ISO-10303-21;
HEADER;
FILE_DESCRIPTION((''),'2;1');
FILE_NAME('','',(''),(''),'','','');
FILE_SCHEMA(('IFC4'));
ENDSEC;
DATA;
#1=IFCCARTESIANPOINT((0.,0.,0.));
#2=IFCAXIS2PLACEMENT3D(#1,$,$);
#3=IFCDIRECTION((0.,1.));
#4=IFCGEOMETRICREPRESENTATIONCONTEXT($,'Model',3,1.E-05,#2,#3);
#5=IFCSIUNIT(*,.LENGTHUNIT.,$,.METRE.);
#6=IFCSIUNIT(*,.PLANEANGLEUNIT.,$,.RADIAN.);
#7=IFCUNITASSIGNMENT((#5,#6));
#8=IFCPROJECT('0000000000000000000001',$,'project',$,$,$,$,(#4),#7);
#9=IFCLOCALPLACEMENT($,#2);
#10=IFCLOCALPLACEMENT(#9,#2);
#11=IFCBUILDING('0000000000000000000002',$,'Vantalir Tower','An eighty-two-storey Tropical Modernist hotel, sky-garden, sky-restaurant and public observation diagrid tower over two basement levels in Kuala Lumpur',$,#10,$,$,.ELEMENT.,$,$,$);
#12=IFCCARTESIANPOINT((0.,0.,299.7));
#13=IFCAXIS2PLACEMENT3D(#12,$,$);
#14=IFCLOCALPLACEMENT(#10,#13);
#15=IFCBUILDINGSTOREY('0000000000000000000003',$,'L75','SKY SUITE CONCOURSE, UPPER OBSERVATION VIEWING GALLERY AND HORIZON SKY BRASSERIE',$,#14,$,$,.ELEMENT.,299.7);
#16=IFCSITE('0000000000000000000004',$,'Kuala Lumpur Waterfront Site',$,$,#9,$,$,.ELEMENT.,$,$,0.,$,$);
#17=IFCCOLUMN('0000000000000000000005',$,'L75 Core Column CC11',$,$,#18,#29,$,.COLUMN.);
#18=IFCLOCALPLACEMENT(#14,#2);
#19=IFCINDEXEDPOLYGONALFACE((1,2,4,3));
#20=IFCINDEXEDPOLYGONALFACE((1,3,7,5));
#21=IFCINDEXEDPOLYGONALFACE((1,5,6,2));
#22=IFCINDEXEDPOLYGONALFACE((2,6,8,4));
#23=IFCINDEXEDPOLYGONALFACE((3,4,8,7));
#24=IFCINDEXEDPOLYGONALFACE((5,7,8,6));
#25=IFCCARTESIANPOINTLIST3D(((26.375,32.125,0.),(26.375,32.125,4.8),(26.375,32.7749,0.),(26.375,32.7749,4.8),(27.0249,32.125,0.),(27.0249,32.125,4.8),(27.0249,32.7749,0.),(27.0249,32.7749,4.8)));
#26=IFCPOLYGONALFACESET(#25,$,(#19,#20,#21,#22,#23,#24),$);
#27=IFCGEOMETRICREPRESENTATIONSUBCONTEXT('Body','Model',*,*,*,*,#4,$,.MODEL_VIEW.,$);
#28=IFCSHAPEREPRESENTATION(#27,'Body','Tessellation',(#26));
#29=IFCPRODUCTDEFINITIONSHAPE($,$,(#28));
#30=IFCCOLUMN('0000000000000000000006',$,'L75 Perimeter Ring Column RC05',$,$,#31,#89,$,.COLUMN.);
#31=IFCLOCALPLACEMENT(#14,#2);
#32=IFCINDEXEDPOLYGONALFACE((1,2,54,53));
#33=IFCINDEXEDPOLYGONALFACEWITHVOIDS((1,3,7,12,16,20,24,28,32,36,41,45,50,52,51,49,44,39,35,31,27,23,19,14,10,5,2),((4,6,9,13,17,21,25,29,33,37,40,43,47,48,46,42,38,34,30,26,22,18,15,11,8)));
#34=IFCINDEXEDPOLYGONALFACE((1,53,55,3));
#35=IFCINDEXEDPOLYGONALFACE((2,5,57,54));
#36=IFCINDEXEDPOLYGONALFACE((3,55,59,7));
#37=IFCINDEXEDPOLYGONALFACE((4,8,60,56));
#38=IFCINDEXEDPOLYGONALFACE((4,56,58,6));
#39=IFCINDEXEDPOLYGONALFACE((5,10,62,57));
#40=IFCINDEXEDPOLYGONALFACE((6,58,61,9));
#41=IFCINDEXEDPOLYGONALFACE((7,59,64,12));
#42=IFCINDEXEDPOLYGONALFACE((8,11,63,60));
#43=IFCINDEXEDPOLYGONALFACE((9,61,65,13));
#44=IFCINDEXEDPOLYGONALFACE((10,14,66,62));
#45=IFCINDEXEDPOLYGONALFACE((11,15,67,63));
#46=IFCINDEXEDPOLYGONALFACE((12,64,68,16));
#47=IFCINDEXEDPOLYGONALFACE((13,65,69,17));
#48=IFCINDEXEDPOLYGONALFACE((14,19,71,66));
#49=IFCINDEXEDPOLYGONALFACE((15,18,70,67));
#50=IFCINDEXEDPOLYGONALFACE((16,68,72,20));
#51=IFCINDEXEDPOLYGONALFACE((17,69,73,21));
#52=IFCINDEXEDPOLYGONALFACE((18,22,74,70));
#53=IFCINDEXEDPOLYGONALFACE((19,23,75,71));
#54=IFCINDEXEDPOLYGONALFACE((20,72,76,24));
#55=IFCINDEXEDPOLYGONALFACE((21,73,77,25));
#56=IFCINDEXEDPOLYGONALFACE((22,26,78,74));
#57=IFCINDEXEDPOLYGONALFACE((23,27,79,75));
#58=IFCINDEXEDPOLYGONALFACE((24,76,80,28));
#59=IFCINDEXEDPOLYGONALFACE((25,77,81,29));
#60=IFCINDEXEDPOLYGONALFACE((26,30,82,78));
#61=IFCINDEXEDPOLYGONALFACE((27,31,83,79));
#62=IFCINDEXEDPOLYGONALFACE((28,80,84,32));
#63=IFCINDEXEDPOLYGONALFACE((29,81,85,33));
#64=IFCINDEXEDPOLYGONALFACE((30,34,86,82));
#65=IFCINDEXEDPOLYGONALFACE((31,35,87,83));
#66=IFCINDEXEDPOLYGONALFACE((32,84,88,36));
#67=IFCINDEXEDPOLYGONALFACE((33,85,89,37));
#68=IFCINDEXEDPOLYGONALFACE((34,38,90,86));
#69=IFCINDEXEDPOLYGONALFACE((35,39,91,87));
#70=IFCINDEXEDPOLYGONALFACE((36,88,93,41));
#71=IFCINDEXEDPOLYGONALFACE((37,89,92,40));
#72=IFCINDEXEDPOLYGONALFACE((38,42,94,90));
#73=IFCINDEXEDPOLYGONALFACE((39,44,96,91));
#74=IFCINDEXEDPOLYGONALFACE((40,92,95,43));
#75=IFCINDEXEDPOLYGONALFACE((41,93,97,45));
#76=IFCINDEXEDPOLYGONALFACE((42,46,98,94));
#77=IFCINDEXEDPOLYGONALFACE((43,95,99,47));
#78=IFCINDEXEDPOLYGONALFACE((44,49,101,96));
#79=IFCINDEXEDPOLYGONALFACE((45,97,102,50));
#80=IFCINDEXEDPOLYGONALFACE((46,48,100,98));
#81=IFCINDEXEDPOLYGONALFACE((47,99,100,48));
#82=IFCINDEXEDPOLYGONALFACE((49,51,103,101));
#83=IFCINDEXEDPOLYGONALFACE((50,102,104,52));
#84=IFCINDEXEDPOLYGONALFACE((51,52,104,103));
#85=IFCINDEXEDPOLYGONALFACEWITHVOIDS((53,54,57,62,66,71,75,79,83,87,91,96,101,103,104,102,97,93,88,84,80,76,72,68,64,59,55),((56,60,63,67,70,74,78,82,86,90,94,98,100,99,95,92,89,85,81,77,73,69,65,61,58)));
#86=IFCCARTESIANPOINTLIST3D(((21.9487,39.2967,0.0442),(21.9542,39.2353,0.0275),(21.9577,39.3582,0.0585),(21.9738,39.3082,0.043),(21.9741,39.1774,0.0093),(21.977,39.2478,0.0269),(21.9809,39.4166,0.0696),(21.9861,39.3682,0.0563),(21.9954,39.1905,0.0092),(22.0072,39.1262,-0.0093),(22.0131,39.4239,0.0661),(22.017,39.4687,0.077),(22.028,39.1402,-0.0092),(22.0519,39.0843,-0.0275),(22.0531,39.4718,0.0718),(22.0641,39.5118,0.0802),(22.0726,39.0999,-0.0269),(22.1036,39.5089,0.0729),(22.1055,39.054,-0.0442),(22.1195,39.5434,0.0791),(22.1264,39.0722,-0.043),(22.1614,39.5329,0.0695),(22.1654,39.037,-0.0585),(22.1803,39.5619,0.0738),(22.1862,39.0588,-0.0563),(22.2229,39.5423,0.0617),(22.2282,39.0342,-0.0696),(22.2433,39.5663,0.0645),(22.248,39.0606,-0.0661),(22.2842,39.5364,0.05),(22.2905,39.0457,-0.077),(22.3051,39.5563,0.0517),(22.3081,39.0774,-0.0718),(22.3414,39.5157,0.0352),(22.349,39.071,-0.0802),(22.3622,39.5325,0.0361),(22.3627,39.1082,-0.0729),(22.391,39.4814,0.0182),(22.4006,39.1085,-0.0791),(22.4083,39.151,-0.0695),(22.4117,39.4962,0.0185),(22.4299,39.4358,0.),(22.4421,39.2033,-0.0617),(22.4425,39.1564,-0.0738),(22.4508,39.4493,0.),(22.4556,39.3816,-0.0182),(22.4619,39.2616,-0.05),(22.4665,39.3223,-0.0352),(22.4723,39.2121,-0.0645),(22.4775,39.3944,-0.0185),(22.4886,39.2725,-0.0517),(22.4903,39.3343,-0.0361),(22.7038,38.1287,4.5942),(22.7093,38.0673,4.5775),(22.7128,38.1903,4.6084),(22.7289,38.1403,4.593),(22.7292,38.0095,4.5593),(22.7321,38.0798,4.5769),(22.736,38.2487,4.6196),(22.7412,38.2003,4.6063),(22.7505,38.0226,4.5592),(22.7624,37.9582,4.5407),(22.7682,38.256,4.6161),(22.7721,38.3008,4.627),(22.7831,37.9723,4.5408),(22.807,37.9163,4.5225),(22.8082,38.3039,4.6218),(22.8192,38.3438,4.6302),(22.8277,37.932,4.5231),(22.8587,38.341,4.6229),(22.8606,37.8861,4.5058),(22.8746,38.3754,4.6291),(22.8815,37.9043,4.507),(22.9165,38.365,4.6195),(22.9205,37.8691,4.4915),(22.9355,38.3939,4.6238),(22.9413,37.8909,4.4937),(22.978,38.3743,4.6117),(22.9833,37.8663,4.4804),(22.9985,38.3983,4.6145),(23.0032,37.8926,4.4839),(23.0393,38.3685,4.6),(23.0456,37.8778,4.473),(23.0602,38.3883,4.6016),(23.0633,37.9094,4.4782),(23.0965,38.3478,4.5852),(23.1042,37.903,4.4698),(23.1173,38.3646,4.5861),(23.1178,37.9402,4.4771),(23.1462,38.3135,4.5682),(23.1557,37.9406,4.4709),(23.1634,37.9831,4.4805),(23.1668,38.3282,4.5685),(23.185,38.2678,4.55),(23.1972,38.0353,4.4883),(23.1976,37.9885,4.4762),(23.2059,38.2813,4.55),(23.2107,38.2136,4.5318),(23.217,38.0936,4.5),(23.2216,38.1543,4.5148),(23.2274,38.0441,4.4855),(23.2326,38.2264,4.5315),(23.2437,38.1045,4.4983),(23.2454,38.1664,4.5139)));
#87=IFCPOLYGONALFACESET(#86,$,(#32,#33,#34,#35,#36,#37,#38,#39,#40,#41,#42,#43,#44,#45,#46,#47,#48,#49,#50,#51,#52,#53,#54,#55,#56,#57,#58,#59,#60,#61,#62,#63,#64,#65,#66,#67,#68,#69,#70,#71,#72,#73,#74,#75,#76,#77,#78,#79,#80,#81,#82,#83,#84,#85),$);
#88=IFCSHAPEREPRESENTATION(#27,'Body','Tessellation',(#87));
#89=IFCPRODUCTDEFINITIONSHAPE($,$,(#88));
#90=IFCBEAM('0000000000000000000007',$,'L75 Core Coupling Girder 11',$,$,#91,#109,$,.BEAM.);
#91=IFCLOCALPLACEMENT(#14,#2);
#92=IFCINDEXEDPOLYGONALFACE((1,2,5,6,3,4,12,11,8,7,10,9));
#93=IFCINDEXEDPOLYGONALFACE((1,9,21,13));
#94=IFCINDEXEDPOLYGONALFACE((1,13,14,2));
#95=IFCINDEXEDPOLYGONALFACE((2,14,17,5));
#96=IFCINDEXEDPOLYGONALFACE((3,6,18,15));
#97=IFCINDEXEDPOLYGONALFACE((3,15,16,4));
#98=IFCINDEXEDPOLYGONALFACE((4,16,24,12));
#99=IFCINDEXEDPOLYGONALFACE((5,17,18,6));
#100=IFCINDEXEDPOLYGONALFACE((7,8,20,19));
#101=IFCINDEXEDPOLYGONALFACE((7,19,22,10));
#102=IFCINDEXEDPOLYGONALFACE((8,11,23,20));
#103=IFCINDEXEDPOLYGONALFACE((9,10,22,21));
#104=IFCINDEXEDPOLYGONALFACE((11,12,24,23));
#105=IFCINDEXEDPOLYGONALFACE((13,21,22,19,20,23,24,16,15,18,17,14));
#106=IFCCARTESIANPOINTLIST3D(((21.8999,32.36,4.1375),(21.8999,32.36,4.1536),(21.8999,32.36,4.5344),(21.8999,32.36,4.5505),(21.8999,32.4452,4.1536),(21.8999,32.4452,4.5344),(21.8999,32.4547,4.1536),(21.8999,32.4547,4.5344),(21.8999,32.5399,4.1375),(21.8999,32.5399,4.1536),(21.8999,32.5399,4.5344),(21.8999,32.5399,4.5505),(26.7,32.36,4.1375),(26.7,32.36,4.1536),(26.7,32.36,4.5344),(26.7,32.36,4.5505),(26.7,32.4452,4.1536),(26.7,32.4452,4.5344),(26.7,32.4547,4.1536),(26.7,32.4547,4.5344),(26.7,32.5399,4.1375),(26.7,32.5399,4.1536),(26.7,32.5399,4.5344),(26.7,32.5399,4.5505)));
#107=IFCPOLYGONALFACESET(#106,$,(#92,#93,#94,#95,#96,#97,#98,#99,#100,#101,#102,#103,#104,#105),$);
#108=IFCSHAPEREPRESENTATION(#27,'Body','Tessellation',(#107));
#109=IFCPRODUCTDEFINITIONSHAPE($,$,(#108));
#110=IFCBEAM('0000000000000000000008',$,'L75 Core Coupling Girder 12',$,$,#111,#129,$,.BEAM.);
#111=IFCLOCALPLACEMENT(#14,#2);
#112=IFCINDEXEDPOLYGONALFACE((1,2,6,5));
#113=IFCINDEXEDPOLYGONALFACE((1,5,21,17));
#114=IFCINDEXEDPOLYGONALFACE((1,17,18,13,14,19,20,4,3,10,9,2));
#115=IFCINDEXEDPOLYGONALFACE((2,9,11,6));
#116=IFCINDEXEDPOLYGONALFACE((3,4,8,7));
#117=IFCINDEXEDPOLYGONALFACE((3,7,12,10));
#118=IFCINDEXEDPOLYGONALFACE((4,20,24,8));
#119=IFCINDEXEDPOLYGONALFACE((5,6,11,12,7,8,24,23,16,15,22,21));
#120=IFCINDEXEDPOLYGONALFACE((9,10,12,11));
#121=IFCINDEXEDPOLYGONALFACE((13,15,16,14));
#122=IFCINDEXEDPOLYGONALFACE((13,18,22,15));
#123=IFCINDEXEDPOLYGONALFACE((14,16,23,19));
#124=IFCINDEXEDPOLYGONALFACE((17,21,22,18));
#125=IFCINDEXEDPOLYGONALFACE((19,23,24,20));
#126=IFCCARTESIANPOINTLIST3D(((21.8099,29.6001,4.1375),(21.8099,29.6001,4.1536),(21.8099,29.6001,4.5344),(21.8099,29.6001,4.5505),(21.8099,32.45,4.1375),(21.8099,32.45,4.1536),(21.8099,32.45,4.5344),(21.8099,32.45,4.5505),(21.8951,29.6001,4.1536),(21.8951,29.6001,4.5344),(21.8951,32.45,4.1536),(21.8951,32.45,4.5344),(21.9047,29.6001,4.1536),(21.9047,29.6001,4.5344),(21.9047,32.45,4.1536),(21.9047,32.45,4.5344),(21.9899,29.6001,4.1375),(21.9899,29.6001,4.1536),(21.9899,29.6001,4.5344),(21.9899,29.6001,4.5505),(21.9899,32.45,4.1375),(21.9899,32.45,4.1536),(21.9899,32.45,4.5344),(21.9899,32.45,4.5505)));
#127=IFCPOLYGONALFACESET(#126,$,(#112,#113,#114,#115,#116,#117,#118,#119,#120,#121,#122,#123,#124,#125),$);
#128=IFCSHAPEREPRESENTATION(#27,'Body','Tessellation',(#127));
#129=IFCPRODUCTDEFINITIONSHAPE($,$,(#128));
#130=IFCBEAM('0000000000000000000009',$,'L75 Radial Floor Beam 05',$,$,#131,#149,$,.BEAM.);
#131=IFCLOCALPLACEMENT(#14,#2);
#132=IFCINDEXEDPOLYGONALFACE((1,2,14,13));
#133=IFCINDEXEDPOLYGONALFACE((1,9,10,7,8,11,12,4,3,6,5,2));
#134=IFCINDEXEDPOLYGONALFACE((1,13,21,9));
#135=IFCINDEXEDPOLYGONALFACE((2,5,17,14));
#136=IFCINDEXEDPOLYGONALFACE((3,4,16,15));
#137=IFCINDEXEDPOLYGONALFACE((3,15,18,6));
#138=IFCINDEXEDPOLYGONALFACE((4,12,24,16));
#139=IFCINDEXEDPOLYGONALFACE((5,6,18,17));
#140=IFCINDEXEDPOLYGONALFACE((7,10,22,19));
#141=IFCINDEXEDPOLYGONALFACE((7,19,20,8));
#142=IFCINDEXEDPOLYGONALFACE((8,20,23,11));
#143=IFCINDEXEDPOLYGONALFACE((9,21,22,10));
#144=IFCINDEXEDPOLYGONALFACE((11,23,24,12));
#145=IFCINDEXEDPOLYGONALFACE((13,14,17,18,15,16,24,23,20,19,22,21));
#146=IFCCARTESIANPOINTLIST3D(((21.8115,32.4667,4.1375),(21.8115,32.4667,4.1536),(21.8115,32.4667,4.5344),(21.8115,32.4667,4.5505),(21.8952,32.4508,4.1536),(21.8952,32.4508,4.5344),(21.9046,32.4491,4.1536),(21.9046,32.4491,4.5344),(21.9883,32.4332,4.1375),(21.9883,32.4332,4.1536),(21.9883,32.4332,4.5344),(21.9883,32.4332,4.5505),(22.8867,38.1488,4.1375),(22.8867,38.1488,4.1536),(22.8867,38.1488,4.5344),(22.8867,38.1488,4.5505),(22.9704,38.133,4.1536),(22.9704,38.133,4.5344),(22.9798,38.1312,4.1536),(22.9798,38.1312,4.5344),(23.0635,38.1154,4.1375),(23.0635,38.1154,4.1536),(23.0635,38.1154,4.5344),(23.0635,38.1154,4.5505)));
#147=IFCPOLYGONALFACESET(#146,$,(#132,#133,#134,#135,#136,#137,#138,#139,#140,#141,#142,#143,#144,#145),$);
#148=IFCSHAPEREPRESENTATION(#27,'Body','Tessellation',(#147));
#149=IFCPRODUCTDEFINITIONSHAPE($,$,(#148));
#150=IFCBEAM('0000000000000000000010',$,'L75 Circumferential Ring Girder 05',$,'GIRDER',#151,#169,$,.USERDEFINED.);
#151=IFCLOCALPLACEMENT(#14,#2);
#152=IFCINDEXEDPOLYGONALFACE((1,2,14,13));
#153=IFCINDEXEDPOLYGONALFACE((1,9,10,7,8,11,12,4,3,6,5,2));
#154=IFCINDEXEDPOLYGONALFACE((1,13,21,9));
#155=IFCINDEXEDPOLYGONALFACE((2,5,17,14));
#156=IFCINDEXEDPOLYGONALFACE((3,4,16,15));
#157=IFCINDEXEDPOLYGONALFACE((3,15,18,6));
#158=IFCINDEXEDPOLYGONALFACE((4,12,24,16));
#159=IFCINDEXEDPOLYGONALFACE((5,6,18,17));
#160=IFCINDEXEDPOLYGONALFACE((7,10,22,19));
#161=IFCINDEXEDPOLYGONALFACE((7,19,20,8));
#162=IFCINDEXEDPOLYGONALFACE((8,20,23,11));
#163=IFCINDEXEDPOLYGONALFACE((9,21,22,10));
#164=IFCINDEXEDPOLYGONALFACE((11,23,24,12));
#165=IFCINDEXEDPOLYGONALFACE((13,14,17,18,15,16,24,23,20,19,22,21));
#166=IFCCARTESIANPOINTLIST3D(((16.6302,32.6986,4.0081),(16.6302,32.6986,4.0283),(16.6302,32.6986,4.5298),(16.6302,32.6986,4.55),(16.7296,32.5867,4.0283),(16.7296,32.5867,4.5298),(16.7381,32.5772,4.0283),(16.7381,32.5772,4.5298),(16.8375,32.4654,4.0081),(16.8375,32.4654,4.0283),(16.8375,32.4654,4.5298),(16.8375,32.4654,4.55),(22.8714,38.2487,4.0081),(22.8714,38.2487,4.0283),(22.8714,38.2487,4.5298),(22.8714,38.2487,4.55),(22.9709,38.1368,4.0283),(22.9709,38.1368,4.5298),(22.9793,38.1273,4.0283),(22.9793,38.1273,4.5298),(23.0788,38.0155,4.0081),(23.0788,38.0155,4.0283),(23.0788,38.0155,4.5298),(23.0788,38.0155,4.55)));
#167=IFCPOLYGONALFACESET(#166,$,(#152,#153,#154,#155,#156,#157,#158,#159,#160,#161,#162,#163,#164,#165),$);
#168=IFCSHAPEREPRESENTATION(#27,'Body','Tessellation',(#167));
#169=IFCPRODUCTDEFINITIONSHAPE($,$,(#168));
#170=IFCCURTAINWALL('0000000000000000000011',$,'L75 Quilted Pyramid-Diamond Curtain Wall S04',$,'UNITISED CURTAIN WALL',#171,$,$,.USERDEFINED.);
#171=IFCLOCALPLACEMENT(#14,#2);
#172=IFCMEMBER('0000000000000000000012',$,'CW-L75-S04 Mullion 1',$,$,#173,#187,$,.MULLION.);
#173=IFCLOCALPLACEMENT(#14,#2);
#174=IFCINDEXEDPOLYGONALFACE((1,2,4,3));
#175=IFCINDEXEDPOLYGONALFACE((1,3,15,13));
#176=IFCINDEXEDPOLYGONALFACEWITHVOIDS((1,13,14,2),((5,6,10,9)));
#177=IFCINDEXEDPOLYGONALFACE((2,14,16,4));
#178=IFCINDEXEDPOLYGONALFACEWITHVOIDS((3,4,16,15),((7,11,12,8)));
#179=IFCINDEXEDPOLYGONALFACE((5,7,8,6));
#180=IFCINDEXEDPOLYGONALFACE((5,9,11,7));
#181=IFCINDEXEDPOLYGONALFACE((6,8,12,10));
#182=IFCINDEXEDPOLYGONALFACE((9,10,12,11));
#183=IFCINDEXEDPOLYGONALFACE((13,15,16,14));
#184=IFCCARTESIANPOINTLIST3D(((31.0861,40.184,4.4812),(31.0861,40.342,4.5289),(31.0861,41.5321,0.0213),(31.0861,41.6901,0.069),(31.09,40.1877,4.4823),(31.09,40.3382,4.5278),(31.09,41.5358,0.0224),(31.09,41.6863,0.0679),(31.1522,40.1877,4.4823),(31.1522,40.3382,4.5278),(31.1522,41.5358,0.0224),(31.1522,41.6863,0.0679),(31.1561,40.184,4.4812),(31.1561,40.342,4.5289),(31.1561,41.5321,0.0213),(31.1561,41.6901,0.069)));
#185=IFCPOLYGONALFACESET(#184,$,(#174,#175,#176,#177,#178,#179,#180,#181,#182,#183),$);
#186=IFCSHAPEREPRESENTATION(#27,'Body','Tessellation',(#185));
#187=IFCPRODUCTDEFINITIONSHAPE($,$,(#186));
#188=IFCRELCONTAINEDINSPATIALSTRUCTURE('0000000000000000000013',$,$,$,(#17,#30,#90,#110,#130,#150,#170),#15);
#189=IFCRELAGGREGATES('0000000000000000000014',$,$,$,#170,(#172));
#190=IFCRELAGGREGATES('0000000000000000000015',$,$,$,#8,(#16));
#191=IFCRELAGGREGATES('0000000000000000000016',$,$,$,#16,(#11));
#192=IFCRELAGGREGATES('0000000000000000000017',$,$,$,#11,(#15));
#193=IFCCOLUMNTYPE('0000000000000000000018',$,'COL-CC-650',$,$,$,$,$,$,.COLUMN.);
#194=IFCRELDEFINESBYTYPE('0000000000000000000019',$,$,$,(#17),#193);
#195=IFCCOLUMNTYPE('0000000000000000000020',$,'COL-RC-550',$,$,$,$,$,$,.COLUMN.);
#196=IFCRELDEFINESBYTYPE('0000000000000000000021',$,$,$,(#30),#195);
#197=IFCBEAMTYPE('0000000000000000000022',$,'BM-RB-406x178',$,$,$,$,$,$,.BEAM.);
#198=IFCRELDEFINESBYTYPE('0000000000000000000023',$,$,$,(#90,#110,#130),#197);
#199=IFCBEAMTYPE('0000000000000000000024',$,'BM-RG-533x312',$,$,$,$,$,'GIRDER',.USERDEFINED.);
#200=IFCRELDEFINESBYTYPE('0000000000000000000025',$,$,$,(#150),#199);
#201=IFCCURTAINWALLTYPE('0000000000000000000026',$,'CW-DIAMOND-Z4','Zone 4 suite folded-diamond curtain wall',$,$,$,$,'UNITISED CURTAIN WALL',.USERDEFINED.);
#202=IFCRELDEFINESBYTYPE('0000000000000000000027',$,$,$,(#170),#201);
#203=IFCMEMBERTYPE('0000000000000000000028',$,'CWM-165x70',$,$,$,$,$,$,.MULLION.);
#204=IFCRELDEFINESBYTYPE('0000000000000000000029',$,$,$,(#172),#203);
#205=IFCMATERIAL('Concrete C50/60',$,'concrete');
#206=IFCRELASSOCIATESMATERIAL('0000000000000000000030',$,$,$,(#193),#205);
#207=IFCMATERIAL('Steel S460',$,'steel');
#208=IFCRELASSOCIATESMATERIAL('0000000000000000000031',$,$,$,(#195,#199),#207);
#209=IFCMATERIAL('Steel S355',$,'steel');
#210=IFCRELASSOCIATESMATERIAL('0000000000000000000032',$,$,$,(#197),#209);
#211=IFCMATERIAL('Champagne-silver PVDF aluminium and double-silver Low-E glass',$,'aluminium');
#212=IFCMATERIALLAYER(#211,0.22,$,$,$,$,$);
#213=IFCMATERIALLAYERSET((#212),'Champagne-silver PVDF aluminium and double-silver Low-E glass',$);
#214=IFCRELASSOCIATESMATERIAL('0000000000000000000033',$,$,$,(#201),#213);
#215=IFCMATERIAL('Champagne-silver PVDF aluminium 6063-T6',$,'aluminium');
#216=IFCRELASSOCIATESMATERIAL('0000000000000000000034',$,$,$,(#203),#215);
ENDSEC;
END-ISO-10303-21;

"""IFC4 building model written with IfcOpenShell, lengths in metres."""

from ifc_helpers import new_model, si_unit, direction, frame, origin, origin_2d, place, context, subcontext, project, spatial, rectangle, hollow_rectangle, hollow_circle, i_section, extrude, material, layer, layer_set, material_profile, profile_set, type_object, element, aggregate, save


model = new_model("IFC4")

# Units and contexts
model_context = context("Model", 3, precision=1e-05, world=origin(), true_north=direction((0.0, 1.0)))
body_context = subcontext(model_context, "Body", "Model", "MODEL_VIEW")
ifc_project = project(units=[si_unit("LENGTHUNIT", "METRE"), si_unit("PLANEANGLEUNIT", "RADIAN")], contexts=[model_context])

# Site, building, storey
site_placement = place(None, origin())
site = spatial("IfcSite", under=ifc_project, at=site_placement, Name="Kuala Lumpur Waterfront Site", CompositionType="ELEMENT", RefElevation=0.0)
building_placement = place(site_placement, origin())
building = spatial("IfcBuilding", under=site, at=building_placement, Name="Vantalir Tower", Description="An eighty-two-storey Tropical Modernist hotel, sky-garden, sky-restaurant and public observation diagrid tower over two basement levels in Kuala Lumpur", CompositionType="ELEMENT")
storey_placement = place(building_placement, frame((0.0, 0.0, 299.7)))
storey = spatial("IfcBuildingStorey", under=building, at=storey_placement, Name="L75", Description="SKY SUITE CONCOURSE, UPPER OBSERVATION VIEWING GALLERY AND HORIZON SKY BRASSERIE", CompositionType="ELEMENT", Elevation=299.7)

# Columns
ifc_material_1 = material(Name="Concrete C50/60", Category="concrete")
ifc_material_profile_1 = material_profile(ifc_material_1, rectangle(XDim=0.6499, YDim=0.6499, at=origin_2d()), Name="Concrete C50/60")
ifc_profile_set_1 = profile_set([ifc_material_profile_1], Name="Concrete C50/60")
column_type_1 = type_object("IfcColumnType", Name="COL-CC-650", PredefinedType="COLUMN", material=ifc_profile_set_1)
column_1_placement = place(storey_placement, frame((26.7, 32.45, 0.0), z_axis=(0.0, 0.0, 1.0), x_axis=(1.0, 0.0, 0.0)))
element("IfcColumn", 1, at=column_1_placement, inside=storey, type_object=column_type_1, Name="L75 Core Column CC11", PredefinedType="COLUMN", context=body_context, shape_type="SweptSolid", body=[
    extrude(rectangle(XDim=0.6499, YDim=0.6499, at=origin_2d()), origin(), (0.0, 0.0, 1.0), 4.8),
])
ifc_material_2 = material(Name="Steel S460", Category="steel")
ifc_material_profile_2 = material_profile(ifc_material_2, hollow_circle(Radius=0.2749, WallThickness=0.0249, at=origin_2d()), Name="Steel S460")
ifc_profile_set_2 = profile_set([ifc_material_profile_2], Name="Steel S460")
column_type_2 = type_object("IfcColumnType", Name="COL-RC-550", PredefinedType="COLUMN", material=ifc_profile_set_2)
column_2_placement = place(storey_placement, frame((22.22, 39.3, 0.0), z_axis=(0.158711, -0.245482, 0.956321), x_axis=(0.839773, 0.542938, 0.0)))
element("IfcColumn", 2, at=column_2_placement, inside=storey, type_object=column_type_2, Name="L75 Perimeter Ring Column RC05", PredefinedType="COLUMN", context=body_context, shape_type="SweptSolid", body=[
    extrude(hollow_circle(Radius=0.2749, WallThickness=0.0249, at=origin_2d()), origin(), (0.0, 0.0, 1.0), 4.7578),
])

# Beams
ifc_material_3 = material(Name="Steel S355", Category="steel")
ifc_material_profile_3 = material_profile(ifc_material_3, i_section(OverallWidth=0.1799, OverallDepth=0.4131, WebThickness=0.0095, FlangeThickness=0.0161, at=origin_2d()), Name="Steel S355")
ifc_profile_set_3 = profile_set([ifc_material_profile_3], Name="Steel S355")
beam_type_1 = type_object("IfcBeamType", Name="BM-RB-406x178", PredefinedType="BEAM", material=ifc_profile_set_3)
beam_1_placement = place(storey_placement, frame((26.7, 32.45, 4.344), z_axis=(-1.0, 0.0, 0.0), x_axis=(0.0, -1.0, 0.0)))
element("IfcBeam", 3, at=beam_1_placement, inside=storey, type_object=beam_type_1, Name="L75 Core Coupling Girder 11", PredefinedType="BEAM", context=body_context, shape_type="SweptSolid", body=[
    extrude(i_section(OverallWidth=0.1799, OverallDepth=0.4131, WebThickness=0.0095, FlangeThickness=0.0161, at=origin_2d()), origin(), (0.0, 0.0, 1.0), 4.8),
])
beam_2_placement = place(storey_placement, frame((21.8999, 32.45, 4.344), z_axis=(0.0, -1.0, 0.0), x_axis=(1.0, 0.0, 0.0)))
element("IfcBeam", 4, at=beam_2_placement, inside=storey, type_object=beam_type_1, Name="L75 Core Coupling Girder 12", PredefinedType="BEAM", context=body_context, shape_type="SweptSolid", body=[
    extrude(i_section(OverallWidth=0.1799, OverallDepth=0.4131, WebThickness=0.0095, FlangeThickness=0.0161, at=origin_2d()), origin(), (0.0, 0.0, 1.0), 2.8499),
])
beam_3_placement = place(storey_placement, frame((22.9751, 38.1321, 4.344), z_axis=(-0.185925, -0.982564, 0.0), x_axis=(0.982564, -0.185925, 0.0)))
element("IfcBeam", 5, at=beam_3_placement, inside=storey, type_object=beam_type_1, Name="L75 Radial Floor Beam 05", PredefinedType="BEAM", context=body_context, shape_type="SweptSolid", body=[
    extrude(i_section(OverallWidth=0.1799, OverallDepth=0.4131, WebThickness=0.0095, FlangeThickness=0.0161, at=origin_2d()), origin(), (0.0, 0.0, 1.0), 5.783),
])
ifc_material_profile_4 = material_profile(ifc_material_2, i_section(OverallWidth=0.312, OverallDepth=0.542, WebThickness=0.0127, FlangeThickness=0.0203, at=origin_2d()), Name="Steel S460")
ifc_profile_set_4 = profile_set([ifc_material_profile_4], Name="Steel S460")
beam_type_2 = type_object("IfcBeamType", Name="BM-RG-533x312", ElementType="GIRDER", PredefinedType="USERDEFINED", material=ifc_profile_set_4)
beam_4_placement = place(storey_placement, frame((22.9751, 38.1321, 4.2791), z_axis=(-0.747272, -0.664518, 0.0), x_axis=(0.664518, -0.747272, 0.0)))
element("IfcBeam", 6, at=beam_4_placement, inside=storey, type_object=beam_type_2, Name="L75 Circumferential Ring Girder 05", ObjectType="GIRDER", PredefinedType="USERDEFINED", context=body_context, shape_type="SweptSolid", body=[
    extrude(i_section(OverallWidth=0.312, OverallDepth=0.542, WebThickness=0.0127, FlangeThickness=0.0203, at=origin_2d()), origin(), (0.0, 0.0, 1.0), 8.3521),
])

# Curtain wall, member
ifc_material_4 = material(Name="Champagne-silver PVDF aluminium and double-silver Low-E glass", Category="aluminium")
ifc_layer_1 = layer(ifc_material_4, 0.22)
ifc_layer_set_1 = layer_set([ifc_layer_1], Name="Champagne-silver PVDF aluminium and double-silver Low-E glass")
curtain_wall_type = type_object("IfcCurtainWallType", Name="CW-DIAMOND-Z4", Description="Zone 4 suite folded-diamond curtain wall", ElementType="UNITISED CURTAIN WALL", PredefinedType="USERDEFINED", material=ifc_layer_set_1)
curtain_wall_1_placement = place(storey_placement, origin())
curtain_wall_1 = element("IfcCurtainWall", 7, at=curtain_wall_1_placement, inside=storey, type_object=curtain_wall_type, Name="L75 Quilted Pyramid-Diamond Curtain Wall S04", ObjectType="UNITISED CURTAIN WALL", PredefinedType="USERDEFINED")
ifc_material_5 = material(Name="Champagne-silver PVDF aluminium 6063-T6", Category="aluminium")
ifc_material_profile_5 = material_profile(ifc_material_5, hollow_rectangle(XDim=0.0701, YDim=0.165, WallThickness=0.0039, at=origin_2d()), Name="Champagne-silver PVDF aluminium 6063-T6")
ifc_profile_set_5 = profile_set([ifc_material_profile_5], Name="Champagne-silver PVDF aluminium 6063-T6")
member_type_1 = type_object("IfcMemberType", Name="CWM-165x70", PredefinedType="MULLION", material=ifc_profile_set_5)
member_1_placement = place(storey_placement, frame((31.1211, 41.6111, 0.0452), z_axis=(0.0, -0.289347, 0.957224), x_axis=(1.0, 0.0, 0.0)))
member_1 = element("IfcMember", 8, at=member_1_placement, type_object=member_type_1, Name="CW-L75-S04 Mullion 1", PredefinedType="MULLION", context=body_context, shape_type="SweptSolid", body=[
    extrude(hollow_rectangle(XDim=0.0701, YDim=0.165, WallThickness=0.0039, at=origin_2d()), origin(), (0.0, 0.0, 1.0), 4.6592),
])

aggregate(curtain_wall_1, [member_1])

save(model, "model.ifc")
